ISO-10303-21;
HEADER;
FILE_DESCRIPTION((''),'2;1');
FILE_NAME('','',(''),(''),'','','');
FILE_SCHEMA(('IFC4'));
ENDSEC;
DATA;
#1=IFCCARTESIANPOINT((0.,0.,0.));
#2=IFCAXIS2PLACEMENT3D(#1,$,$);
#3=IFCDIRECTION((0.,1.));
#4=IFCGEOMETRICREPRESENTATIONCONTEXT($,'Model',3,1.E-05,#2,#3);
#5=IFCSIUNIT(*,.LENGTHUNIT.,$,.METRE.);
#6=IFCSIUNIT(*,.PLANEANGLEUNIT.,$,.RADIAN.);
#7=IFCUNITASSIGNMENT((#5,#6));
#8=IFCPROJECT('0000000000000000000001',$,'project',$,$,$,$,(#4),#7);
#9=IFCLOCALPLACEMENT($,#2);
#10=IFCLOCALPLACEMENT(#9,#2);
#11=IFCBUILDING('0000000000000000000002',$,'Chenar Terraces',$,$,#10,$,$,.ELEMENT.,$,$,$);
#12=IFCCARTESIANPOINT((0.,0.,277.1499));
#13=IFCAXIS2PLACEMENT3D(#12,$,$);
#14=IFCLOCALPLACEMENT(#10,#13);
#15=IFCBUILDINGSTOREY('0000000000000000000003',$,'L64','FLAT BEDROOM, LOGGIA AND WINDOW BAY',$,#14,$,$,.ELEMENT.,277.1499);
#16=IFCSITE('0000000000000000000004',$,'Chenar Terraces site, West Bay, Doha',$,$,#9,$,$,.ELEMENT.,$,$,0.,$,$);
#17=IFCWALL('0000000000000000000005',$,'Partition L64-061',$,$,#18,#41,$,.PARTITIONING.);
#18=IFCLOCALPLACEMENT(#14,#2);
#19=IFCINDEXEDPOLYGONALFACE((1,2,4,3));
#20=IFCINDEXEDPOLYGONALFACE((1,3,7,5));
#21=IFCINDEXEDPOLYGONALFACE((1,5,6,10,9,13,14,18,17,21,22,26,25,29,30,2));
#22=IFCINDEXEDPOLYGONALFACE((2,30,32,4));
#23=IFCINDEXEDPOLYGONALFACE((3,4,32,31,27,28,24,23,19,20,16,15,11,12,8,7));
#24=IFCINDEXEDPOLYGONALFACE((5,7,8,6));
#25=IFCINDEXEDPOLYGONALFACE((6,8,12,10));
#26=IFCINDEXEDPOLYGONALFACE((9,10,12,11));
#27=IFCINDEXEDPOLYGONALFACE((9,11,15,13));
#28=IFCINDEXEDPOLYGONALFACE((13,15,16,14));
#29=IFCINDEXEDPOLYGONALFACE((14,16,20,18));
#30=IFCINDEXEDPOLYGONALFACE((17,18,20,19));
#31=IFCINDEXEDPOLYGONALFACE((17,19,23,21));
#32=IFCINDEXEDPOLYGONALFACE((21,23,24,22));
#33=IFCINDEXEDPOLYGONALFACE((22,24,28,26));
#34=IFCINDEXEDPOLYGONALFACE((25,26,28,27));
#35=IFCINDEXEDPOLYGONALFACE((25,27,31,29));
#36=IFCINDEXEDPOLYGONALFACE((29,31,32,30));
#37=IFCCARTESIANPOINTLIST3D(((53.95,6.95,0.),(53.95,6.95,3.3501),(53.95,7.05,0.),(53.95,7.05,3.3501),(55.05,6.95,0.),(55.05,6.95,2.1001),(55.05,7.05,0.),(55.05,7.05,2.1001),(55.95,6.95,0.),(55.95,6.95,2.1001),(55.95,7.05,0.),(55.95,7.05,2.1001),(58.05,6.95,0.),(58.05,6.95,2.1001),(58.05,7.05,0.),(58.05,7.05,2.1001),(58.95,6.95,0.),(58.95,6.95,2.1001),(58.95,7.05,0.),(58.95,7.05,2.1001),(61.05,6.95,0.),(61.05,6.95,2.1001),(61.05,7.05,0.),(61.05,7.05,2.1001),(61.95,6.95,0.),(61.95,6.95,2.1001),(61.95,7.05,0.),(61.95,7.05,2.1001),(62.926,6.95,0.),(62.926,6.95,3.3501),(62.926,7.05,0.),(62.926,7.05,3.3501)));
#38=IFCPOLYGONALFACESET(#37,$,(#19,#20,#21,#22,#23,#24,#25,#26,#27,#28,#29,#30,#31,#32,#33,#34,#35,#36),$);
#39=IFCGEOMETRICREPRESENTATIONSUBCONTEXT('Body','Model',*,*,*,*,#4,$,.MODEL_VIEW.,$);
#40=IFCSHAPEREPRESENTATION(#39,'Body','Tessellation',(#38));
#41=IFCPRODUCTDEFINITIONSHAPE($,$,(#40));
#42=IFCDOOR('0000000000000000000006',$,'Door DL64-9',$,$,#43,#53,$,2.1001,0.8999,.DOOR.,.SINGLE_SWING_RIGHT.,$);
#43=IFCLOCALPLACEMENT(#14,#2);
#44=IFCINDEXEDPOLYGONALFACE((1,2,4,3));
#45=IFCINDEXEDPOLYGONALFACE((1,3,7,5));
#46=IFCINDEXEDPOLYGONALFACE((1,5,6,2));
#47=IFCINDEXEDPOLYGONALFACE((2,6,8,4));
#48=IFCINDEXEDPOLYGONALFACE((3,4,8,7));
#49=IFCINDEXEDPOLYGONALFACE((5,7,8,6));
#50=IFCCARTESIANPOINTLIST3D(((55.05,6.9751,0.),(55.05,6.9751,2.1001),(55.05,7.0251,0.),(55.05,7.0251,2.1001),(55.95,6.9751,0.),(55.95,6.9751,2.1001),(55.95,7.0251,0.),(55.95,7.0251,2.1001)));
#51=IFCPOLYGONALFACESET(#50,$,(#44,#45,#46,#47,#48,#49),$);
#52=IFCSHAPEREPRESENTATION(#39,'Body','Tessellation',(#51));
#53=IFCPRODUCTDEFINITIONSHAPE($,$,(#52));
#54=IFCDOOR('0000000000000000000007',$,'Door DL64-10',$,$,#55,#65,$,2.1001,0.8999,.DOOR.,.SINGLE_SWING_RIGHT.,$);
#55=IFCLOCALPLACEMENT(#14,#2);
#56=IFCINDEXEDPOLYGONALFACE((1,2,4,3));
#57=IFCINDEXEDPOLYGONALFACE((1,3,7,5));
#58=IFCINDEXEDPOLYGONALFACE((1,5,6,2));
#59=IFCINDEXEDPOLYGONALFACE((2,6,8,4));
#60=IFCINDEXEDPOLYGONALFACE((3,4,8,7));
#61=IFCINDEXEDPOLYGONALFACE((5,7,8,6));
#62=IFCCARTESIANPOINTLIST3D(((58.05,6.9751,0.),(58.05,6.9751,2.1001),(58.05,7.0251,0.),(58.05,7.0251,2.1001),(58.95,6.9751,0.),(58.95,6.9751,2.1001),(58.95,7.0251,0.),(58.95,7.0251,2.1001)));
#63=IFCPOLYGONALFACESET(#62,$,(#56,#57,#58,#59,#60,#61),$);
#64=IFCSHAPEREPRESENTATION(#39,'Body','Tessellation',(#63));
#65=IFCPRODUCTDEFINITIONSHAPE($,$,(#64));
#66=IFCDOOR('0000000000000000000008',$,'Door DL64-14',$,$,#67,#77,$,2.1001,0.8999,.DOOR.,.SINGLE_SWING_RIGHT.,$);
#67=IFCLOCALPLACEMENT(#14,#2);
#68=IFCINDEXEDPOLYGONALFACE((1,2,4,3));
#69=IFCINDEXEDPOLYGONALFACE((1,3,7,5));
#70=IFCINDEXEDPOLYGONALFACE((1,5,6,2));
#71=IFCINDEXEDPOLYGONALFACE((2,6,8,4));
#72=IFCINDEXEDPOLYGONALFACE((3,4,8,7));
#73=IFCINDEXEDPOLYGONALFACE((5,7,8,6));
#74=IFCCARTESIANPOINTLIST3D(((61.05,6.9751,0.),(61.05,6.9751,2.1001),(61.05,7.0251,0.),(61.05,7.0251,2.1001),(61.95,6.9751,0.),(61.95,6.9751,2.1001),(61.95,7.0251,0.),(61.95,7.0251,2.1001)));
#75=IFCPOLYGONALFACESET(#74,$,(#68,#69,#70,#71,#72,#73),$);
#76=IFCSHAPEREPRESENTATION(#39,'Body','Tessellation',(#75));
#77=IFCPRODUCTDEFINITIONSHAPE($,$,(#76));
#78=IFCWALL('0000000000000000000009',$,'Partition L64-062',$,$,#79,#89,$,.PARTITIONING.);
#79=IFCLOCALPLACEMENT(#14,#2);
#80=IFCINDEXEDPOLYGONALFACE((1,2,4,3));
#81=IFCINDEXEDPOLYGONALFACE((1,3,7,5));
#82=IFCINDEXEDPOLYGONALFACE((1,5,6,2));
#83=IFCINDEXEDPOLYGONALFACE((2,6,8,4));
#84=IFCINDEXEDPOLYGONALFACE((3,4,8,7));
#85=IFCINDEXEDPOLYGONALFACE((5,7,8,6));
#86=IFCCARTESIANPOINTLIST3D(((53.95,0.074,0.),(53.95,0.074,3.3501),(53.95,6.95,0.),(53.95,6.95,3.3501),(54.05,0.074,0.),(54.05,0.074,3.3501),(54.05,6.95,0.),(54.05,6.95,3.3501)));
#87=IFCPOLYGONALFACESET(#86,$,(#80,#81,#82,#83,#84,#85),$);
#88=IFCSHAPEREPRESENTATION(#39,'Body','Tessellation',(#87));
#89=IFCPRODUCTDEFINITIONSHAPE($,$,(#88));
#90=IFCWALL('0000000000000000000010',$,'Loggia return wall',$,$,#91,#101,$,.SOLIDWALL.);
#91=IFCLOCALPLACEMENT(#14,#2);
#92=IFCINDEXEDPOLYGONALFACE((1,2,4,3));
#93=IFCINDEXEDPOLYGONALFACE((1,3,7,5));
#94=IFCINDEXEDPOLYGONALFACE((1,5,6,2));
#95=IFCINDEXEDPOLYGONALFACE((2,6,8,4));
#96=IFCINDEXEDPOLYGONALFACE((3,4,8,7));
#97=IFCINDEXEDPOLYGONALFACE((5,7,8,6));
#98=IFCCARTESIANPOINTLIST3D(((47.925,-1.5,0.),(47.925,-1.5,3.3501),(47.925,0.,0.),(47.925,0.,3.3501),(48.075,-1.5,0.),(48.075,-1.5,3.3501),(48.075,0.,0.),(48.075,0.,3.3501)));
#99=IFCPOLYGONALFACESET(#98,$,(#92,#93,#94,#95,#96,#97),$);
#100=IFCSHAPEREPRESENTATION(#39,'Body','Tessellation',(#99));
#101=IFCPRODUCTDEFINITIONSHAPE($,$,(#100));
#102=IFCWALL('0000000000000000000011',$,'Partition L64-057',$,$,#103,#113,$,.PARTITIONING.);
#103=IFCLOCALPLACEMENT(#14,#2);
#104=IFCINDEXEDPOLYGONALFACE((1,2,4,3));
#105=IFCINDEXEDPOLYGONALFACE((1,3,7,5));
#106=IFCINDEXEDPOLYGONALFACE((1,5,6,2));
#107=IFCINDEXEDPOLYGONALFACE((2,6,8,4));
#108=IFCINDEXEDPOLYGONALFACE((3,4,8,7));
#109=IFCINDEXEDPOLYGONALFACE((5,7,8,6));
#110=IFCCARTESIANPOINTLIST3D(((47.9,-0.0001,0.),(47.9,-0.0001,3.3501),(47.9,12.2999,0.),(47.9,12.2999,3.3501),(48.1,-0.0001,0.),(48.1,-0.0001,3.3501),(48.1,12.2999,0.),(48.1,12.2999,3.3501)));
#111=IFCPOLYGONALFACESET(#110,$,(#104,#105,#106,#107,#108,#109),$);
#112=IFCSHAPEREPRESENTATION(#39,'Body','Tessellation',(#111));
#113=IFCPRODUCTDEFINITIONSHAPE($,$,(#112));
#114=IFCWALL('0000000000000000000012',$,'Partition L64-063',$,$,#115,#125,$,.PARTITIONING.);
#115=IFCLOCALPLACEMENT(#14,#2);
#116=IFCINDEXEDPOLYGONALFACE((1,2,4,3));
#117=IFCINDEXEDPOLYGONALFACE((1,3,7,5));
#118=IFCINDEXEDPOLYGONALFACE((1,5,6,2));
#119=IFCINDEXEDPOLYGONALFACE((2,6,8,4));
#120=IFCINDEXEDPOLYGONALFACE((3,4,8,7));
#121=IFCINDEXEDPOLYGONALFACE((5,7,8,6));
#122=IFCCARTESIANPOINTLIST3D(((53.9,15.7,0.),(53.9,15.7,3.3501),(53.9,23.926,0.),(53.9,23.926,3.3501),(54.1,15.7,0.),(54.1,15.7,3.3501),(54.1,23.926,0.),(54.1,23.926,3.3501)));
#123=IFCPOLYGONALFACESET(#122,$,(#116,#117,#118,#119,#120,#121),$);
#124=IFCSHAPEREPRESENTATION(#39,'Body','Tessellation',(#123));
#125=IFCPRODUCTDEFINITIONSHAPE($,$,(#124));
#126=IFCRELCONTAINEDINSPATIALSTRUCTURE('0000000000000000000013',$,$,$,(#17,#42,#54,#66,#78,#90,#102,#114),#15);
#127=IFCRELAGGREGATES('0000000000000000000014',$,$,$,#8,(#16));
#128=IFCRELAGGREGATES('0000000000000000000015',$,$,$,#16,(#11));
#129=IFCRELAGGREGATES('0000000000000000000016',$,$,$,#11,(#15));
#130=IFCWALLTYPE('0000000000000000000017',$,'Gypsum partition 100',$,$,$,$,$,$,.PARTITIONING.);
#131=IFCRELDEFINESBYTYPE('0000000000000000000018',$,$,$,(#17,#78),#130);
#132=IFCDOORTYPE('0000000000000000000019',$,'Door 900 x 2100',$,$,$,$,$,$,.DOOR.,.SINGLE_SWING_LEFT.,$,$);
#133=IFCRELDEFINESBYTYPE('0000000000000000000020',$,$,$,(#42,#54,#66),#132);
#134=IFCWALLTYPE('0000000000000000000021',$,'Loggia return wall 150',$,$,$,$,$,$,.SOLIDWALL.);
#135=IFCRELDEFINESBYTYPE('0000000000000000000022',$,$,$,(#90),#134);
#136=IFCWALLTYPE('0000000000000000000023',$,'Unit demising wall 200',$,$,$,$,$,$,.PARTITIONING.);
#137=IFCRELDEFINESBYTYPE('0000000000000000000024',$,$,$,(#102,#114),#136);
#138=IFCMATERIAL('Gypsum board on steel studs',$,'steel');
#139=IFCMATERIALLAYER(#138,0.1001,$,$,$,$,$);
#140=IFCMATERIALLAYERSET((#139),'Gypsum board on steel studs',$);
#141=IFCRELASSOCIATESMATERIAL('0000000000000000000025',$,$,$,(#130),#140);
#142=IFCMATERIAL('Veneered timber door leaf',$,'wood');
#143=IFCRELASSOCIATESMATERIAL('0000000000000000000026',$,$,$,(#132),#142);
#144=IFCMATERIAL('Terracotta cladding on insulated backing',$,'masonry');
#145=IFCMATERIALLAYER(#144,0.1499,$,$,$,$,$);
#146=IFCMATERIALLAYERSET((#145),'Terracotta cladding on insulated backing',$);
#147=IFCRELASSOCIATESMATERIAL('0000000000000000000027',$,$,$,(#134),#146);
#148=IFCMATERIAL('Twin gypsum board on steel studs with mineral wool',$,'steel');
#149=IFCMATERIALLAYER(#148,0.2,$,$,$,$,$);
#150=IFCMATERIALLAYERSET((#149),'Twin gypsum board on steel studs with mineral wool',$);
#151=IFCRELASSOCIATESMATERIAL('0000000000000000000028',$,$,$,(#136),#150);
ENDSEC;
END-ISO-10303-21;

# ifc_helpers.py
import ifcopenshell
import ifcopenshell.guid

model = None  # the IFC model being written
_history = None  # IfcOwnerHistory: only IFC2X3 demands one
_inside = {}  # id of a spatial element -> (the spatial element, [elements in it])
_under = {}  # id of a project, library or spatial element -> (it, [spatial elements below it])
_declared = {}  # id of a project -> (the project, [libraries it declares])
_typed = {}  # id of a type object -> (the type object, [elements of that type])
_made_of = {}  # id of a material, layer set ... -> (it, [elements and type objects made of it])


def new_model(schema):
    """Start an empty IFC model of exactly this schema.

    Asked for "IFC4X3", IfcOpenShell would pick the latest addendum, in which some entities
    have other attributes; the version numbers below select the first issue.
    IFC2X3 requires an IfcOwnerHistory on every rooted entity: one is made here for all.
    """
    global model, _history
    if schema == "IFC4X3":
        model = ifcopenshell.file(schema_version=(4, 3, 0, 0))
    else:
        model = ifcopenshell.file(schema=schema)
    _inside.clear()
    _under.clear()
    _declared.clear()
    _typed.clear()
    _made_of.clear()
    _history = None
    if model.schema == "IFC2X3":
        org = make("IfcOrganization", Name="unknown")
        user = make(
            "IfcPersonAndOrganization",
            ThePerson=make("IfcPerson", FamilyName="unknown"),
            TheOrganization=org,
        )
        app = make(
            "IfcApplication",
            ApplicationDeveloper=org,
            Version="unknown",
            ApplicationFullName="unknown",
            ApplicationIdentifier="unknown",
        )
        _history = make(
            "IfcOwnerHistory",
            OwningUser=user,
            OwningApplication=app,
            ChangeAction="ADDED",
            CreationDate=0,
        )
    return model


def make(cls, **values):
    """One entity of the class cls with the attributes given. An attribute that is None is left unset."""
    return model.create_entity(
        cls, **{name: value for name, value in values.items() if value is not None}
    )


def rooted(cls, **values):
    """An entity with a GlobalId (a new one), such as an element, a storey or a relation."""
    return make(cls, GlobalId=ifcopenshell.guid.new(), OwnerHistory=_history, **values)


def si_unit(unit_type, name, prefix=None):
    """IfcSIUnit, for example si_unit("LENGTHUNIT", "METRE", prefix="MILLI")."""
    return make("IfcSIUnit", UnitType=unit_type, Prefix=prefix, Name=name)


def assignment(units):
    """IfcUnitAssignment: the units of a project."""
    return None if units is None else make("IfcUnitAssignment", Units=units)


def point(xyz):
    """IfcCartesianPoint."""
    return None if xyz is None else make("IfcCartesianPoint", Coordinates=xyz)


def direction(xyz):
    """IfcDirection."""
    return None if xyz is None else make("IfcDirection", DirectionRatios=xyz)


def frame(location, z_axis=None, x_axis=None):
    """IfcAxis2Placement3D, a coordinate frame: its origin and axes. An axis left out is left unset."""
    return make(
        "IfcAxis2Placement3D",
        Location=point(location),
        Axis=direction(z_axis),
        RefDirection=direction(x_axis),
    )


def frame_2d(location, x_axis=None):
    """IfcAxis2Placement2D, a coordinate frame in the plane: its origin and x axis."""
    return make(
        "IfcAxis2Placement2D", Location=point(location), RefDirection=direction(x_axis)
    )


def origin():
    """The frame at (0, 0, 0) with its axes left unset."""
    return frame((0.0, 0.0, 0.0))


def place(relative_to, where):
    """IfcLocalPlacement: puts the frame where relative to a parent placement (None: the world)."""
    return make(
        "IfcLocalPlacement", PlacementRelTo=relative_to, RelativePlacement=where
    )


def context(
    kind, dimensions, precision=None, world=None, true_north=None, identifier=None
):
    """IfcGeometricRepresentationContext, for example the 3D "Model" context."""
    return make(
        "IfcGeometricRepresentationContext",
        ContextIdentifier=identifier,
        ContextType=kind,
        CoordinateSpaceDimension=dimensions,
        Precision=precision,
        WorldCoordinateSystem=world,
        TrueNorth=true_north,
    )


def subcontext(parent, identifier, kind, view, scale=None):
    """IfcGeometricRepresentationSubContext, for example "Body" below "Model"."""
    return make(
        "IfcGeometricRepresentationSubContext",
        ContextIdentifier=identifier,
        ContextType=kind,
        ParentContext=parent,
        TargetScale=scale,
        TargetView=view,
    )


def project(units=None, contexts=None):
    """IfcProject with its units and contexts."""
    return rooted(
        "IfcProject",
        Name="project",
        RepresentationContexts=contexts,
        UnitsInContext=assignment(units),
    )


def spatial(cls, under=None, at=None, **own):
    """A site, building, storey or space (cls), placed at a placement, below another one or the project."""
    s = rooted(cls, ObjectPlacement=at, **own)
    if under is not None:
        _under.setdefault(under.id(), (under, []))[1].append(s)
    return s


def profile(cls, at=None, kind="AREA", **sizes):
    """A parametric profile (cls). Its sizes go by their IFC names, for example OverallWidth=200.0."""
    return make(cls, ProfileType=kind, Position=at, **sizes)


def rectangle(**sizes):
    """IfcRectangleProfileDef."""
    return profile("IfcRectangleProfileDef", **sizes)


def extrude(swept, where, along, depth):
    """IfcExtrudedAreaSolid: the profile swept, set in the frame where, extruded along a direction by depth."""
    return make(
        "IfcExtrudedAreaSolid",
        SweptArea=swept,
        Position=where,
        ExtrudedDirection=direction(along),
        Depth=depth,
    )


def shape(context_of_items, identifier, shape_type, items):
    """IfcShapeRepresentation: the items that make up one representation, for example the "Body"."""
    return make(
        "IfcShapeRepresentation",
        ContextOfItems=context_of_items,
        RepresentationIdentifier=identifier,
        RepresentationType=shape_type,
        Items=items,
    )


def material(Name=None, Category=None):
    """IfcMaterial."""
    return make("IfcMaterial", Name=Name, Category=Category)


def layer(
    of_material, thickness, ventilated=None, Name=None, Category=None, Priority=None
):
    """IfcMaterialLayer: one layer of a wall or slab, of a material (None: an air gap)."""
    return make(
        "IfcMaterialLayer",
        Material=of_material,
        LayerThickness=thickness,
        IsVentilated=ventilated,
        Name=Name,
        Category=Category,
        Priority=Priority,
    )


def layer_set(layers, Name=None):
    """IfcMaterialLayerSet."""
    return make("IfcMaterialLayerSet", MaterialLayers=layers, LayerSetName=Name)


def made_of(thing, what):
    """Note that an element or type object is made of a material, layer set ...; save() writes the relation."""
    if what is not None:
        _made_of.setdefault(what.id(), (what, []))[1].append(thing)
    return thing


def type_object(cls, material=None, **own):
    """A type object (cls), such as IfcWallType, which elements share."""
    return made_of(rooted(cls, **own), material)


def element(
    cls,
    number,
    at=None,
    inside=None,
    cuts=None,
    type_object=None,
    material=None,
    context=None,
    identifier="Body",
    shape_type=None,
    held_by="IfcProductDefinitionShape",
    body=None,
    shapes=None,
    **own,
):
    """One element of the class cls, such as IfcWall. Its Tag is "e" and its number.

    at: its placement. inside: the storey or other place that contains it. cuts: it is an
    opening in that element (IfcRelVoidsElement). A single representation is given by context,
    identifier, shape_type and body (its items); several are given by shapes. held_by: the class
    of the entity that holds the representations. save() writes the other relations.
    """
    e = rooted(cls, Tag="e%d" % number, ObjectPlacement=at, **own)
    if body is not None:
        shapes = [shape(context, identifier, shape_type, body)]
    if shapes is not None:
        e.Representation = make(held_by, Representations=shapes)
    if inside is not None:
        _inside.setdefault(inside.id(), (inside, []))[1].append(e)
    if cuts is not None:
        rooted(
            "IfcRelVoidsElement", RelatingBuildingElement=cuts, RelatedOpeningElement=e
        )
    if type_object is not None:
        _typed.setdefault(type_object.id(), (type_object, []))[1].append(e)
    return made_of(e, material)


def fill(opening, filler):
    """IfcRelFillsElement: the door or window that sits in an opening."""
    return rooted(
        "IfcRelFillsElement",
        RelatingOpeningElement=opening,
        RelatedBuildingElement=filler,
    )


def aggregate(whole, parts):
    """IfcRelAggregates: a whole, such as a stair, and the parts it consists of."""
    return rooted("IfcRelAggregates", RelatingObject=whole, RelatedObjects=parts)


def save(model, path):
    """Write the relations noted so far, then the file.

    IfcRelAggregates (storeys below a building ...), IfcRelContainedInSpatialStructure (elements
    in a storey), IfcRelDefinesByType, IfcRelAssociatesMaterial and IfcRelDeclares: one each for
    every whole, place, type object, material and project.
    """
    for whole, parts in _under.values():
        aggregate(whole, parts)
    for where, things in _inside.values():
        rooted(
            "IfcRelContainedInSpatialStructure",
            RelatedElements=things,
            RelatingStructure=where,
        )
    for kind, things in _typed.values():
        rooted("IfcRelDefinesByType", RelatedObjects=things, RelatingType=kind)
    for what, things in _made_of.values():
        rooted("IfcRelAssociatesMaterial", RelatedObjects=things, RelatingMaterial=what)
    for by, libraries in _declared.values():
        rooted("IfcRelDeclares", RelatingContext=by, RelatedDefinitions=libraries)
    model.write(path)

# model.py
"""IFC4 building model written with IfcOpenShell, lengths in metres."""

from ifc_helpers import new_model, si_unit, direction, frame, frame_2d, origin, place, context, subcontext, project, spatial, rectangle, extrude, material, layer, layer_set, type_object, element, fill, save


model = new_model("IFC4")

# Units and contexts
model_context = context("Model", 3, precision=1e-05, world=origin(), true_north=direction((0.0, 1.0)))
body_context = subcontext(model_context, "Body", "Model", "MODEL_VIEW")
ifc_project = project(units=[si_unit("LENGTHUNIT", "METRE"), si_unit("PLANEANGLEUNIT", "RADIAN")], contexts=[model_context])

# Site, building, storey
site_placement = place(None, origin())
site = spatial("IfcSite", under=ifc_project, at=site_placement, Name="Chenar Terraces site, West Bay, Doha", CompositionType="ELEMENT", RefElevation=0.0)
building_placement = place(site_placement, origin())
building = spatial("IfcBuilding", under=site, at=building_placement, Name="Chenar Terraces", CompositionType="ELEMENT")
storey_placement = place(building_placement, frame((0.0, 0.0, 277.1499)))
storey = spatial("IfcBuildingStorey", under=building, at=storey_placement, Name="L64", Description="FLAT BEDROOM, LOGGIA AND WINDOW BAY", CompositionType="ELEMENT", Elevation=277.1499)

# Shared definitions
ifc_material_1 = material(Name="Gypsum board on steel studs", Category="steel")
ifc_layer_1 = layer(ifc_material_1, 0.1001)
ifc_layer_set_1 = layer_set([ifc_layer_1], Name="Gypsum board on steel studs")
wall_type_1 = type_object("IfcWallType", Name="Gypsum partition 100", PredefinedType="PARTITIONING", material=ifc_layer_set_1)

# Shared definitions
ifc_material_2 = material(Name="Veneered timber door leaf", Category="wood")
door_type_1 = type_object("IfcDoorType", Name="Door 900 x 2100", OperationType="SINGLE_SWING_LEFT", PredefinedType="DOOR", material=ifc_material_2)

# Wall, openings, doors
wall_1_placement = place(storey_placement, frame((53.95, 7.0, 0.0), z_axis=(0.0, 0.0, 1.0), x_axis=(1.0, 0.0, 0.0)))
wall_1 = element("IfcWall", 1, at=wall_1_placement, inside=storey, type_object=wall_type_1, Name="Partition L64-061", PredefinedType="PARTITIONING", context=body_context, shape_type="SweptSolid", body=[
    extrude(rectangle(XDim=8.9761, YDim=0.1001, at=frame_2d((4.488, 0.0))), origin(), (0.0, 0.0, 1.0), 3.3501),
])
opening_1_placement = place(wall_1_placement, frame((1.1001, 0.0, 0.0)))
opening_1 = element("IfcOpeningElement", 2, at=opening_1_placement, cuts=wall_1, PredefinedType="OPENING", context=body_context, shape_type="SweptSolid", body=[
    extrude(rectangle(XDim=0.8999, YDim=2.1001, at=frame_2d((0.45, 1.05))), frame((0.0, 0.0601, 0.0), z_axis=(0.0, -1.0, 0.0), x_axis=(1.0, 0.0, 0.0)), (0.0, 0.0, 1.0), 0.1201),
])
opening_2_placement = place(wall_1_placement, frame((4.1001, 0.0, 0.0)))
opening_2 = element("IfcOpeningElement", 3, at=opening_2_placement, cuts=wall_1, PredefinedType="OPENING", context=body_context, shape_type="SweptSolid", body=[
    extrude(rectangle(XDim=0.8999, YDim=2.1001, at=frame_2d((0.45, 1.05))), frame((0.0, 0.0601, 0.0), z_axis=(0.0, -1.0, 0.0), x_axis=(1.0, 0.0, 0.0)), (0.0, 0.0, 1.0), 0.1201),
])
opening_3_placement = place(wall_1_placement, frame((7.1001, 0.0, 0.0)))
opening_3 = element("IfcOpeningElement", 4, at=opening_3_placement, cuts=wall_1, PredefinedType="OPENING", context=body_context, shape_type="SweptSolid", body=[
    extrude(rectangle(XDim=0.8999, YDim=2.1001, at=frame_2d((0.45, 1.05))), frame((0.0, 0.0601, 0.0), z_axis=(0.0, -1.0, 0.0), x_axis=(1.0, 0.0, 0.0)), (0.0, 0.0, 1.0), 0.1201),
])
door_1_placement = place(opening_1_placement, frame((0.8999, 0.0, 0.0), z_axis=(0.0, 0.0, 1.0), x_axis=(-1.0, 0.0, 0.0)))
door_1 = element("IfcDoor", 5, at=door_1_placement, inside=storey, type_object=door_type_1, Name="Door DL64-9", OperationType="SINGLE_SWING_RIGHT", OverallHeight=2.1001, OverallWidth=0.8999, PredefinedType="DOOR", context=body_context, shape_type="SweptSolid", body=[
    extrude(rectangle(XDim=0.8999, YDim=2.1001, at=frame_2d((0.45, 1.05))), frame((0.0, 0.0249, 0.0), z_axis=(0.0, -1.0, 0.0), x_axis=(1.0, 0.0, 0.0)), (0.0, 0.0, 1.0), 0.05),
])
fill(opening_1, door_1)
door_2_placement = place(opening_2_placement, frame((0.8999, 0.0, 0.0), z_axis=(0.0, 0.0, 1.0), x_axis=(-1.0, 0.0, 0.0)))
door_2 = element("IfcDoor", 6, at=door_2_placement, inside=storey, type_object=door_type_1, Name="Door DL64-10", OperationType="SINGLE_SWING_RIGHT", OverallHeight=2.1001, OverallWidth=0.8999, PredefinedType="DOOR", context=body_context, shape_type="SweptSolid", body=[
    extrude(rectangle(XDim=0.8999, YDim=2.1001, at=frame_2d((0.45, 1.05))), frame((0.0, 0.0249, 0.0), z_axis=(0.0, -1.0, 0.0), x_axis=(1.0, 0.0, 0.0)), (0.0, 0.0, 1.0), 0.05),
])
fill(opening_2, door_2)
door_3_placement = place(opening_3_placement, frame((0.8999, 0.0, 0.0), z_axis=(0.0, 0.0, 1.0), x_axis=(-1.0, 0.0, 0.0)))
door_3 = element("IfcDoor", 7, at=door_3_placement, inside=storey, type_object=door_type_1, Name="Door DL64-14", OperationType="SINGLE_SWING_RIGHT", OverallHeight=2.1001, OverallWidth=0.8999, PredefinedType="DOOR", context=body_context, shape_type="SweptSolid", body=[
    extrude(rectangle(XDim=0.8999, YDim=2.1001, at=frame_2d((0.45, 1.05))), frame((0.0, 0.0249, 0.0), z_axis=(0.0, -1.0, 0.0), x_axis=(1.0, 0.0, 0.0)), (0.0, 0.0, 1.0), 0.05),
])
fill(opening_3, door_3)

# Walls
wall_2_placement = place(storey_placement, frame((54.0, 0.074, 0.0), z_axis=(0.0, 0.0, 1.0), x_axis=(0.0, 1.0, 0.0)))
element("IfcWall", 8, at=wall_2_placement, inside=storey, type_object=wall_type_1, Name="Partition L64-062", PredefinedType="PARTITIONING", context=body_context, shape_type="SweptSolid", body=[
    extrude(rectangle(XDim=6.876, YDim=0.1001, at=frame_2d((3.438, 0.0))), origin(), (0.0, 0.0, 1.0), 3.3501),
])
ifc_material_3 = material(Name="Terracotta cladding on insulated backing", Category="masonry")
ifc_layer_2 = layer(ifc_material_3, 0.1499)
ifc_layer_set_2 = layer_set([ifc_layer_2], Name="Terracotta cladding on insulated backing")
wall_type_2 = type_object("IfcWallType", Name="Loggia return wall 150", PredefinedType="SOLIDWALL", material=ifc_layer_set_2)
wall_3_placement = place(storey_placement, frame((48.0, -1.5, 0.0), z_axis=(0.0, 0.0, 1.0), x_axis=(0.0, 1.0, 0.0)))
element("IfcWall", 9, at=wall_3_placement, inside=storey, type_object=wall_type_2, Name="Loggia return wall", PredefinedType="SOLIDWALL", context=body_context, shape_type="SweptSolid", body=[
    extrude(rectangle(XDim=1.5, YDim=0.1499, at=frame_2d((0.75, 0.0))), origin(), (0.0, 0.0, 1.0), 3.3501),
])
ifc_material_4 = material(Name="Twin gypsum board on steel studs with mineral wool", Category="steel")
ifc_layer_3 = layer(ifc_material_4, 0.2)
ifc_layer_set_3 = layer_set([ifc_layer_3], Name="Twin gypsum board on steel studs with mineral wool")
wall_type_3 = type_object("IfcWallType", Name="Unit demising wall 200", PredefinedType="PARTITIONING", material=ifc_layer_set_3)
wall_4_placement = place(storey_placement, frame((48.0, 0.0, 0.0), z_axis=(0.0, 0.0, 1.0), x_axis=(0.0, 1.0, 0.0)))
element("IfcWall", 10, at=wall_4_placement, inside=storey, type_object=wall_type_3, Name="Partition L64-057", PredefinedType="PARTITIONING", context=body_context, shape_type="SweptSolid", body=[
    extrude(rectangle(XDim=12.3, YDim=0.2, at=frame_2d((6.1499, 0.0))), origin(), (0.0, 0.0, 1.0), 3.3501),
])
wall_5_placement = place(storey_placement, frame((54.0, 15.7, 0.0), z_axis=(0.0, 0.0, 1.0), x_axis=(0.0, 1.0, 0.0)))
element("IfcWall", 11, at=wall_5_placement, inside=storey, type_object=wall_type_3, Name="Partition L64-063", PredefinedType="PARTITIONING", context=body_context, shape_type="SweptSolid", body=[
    extrude(rectangle(XDim=8.2261, YDim=0.2, at=frame_2d((4.113, 0.0))), origin(), (0.0, 0.0, 1.0), 3.3501),
])

save(model, "model.ifc")
